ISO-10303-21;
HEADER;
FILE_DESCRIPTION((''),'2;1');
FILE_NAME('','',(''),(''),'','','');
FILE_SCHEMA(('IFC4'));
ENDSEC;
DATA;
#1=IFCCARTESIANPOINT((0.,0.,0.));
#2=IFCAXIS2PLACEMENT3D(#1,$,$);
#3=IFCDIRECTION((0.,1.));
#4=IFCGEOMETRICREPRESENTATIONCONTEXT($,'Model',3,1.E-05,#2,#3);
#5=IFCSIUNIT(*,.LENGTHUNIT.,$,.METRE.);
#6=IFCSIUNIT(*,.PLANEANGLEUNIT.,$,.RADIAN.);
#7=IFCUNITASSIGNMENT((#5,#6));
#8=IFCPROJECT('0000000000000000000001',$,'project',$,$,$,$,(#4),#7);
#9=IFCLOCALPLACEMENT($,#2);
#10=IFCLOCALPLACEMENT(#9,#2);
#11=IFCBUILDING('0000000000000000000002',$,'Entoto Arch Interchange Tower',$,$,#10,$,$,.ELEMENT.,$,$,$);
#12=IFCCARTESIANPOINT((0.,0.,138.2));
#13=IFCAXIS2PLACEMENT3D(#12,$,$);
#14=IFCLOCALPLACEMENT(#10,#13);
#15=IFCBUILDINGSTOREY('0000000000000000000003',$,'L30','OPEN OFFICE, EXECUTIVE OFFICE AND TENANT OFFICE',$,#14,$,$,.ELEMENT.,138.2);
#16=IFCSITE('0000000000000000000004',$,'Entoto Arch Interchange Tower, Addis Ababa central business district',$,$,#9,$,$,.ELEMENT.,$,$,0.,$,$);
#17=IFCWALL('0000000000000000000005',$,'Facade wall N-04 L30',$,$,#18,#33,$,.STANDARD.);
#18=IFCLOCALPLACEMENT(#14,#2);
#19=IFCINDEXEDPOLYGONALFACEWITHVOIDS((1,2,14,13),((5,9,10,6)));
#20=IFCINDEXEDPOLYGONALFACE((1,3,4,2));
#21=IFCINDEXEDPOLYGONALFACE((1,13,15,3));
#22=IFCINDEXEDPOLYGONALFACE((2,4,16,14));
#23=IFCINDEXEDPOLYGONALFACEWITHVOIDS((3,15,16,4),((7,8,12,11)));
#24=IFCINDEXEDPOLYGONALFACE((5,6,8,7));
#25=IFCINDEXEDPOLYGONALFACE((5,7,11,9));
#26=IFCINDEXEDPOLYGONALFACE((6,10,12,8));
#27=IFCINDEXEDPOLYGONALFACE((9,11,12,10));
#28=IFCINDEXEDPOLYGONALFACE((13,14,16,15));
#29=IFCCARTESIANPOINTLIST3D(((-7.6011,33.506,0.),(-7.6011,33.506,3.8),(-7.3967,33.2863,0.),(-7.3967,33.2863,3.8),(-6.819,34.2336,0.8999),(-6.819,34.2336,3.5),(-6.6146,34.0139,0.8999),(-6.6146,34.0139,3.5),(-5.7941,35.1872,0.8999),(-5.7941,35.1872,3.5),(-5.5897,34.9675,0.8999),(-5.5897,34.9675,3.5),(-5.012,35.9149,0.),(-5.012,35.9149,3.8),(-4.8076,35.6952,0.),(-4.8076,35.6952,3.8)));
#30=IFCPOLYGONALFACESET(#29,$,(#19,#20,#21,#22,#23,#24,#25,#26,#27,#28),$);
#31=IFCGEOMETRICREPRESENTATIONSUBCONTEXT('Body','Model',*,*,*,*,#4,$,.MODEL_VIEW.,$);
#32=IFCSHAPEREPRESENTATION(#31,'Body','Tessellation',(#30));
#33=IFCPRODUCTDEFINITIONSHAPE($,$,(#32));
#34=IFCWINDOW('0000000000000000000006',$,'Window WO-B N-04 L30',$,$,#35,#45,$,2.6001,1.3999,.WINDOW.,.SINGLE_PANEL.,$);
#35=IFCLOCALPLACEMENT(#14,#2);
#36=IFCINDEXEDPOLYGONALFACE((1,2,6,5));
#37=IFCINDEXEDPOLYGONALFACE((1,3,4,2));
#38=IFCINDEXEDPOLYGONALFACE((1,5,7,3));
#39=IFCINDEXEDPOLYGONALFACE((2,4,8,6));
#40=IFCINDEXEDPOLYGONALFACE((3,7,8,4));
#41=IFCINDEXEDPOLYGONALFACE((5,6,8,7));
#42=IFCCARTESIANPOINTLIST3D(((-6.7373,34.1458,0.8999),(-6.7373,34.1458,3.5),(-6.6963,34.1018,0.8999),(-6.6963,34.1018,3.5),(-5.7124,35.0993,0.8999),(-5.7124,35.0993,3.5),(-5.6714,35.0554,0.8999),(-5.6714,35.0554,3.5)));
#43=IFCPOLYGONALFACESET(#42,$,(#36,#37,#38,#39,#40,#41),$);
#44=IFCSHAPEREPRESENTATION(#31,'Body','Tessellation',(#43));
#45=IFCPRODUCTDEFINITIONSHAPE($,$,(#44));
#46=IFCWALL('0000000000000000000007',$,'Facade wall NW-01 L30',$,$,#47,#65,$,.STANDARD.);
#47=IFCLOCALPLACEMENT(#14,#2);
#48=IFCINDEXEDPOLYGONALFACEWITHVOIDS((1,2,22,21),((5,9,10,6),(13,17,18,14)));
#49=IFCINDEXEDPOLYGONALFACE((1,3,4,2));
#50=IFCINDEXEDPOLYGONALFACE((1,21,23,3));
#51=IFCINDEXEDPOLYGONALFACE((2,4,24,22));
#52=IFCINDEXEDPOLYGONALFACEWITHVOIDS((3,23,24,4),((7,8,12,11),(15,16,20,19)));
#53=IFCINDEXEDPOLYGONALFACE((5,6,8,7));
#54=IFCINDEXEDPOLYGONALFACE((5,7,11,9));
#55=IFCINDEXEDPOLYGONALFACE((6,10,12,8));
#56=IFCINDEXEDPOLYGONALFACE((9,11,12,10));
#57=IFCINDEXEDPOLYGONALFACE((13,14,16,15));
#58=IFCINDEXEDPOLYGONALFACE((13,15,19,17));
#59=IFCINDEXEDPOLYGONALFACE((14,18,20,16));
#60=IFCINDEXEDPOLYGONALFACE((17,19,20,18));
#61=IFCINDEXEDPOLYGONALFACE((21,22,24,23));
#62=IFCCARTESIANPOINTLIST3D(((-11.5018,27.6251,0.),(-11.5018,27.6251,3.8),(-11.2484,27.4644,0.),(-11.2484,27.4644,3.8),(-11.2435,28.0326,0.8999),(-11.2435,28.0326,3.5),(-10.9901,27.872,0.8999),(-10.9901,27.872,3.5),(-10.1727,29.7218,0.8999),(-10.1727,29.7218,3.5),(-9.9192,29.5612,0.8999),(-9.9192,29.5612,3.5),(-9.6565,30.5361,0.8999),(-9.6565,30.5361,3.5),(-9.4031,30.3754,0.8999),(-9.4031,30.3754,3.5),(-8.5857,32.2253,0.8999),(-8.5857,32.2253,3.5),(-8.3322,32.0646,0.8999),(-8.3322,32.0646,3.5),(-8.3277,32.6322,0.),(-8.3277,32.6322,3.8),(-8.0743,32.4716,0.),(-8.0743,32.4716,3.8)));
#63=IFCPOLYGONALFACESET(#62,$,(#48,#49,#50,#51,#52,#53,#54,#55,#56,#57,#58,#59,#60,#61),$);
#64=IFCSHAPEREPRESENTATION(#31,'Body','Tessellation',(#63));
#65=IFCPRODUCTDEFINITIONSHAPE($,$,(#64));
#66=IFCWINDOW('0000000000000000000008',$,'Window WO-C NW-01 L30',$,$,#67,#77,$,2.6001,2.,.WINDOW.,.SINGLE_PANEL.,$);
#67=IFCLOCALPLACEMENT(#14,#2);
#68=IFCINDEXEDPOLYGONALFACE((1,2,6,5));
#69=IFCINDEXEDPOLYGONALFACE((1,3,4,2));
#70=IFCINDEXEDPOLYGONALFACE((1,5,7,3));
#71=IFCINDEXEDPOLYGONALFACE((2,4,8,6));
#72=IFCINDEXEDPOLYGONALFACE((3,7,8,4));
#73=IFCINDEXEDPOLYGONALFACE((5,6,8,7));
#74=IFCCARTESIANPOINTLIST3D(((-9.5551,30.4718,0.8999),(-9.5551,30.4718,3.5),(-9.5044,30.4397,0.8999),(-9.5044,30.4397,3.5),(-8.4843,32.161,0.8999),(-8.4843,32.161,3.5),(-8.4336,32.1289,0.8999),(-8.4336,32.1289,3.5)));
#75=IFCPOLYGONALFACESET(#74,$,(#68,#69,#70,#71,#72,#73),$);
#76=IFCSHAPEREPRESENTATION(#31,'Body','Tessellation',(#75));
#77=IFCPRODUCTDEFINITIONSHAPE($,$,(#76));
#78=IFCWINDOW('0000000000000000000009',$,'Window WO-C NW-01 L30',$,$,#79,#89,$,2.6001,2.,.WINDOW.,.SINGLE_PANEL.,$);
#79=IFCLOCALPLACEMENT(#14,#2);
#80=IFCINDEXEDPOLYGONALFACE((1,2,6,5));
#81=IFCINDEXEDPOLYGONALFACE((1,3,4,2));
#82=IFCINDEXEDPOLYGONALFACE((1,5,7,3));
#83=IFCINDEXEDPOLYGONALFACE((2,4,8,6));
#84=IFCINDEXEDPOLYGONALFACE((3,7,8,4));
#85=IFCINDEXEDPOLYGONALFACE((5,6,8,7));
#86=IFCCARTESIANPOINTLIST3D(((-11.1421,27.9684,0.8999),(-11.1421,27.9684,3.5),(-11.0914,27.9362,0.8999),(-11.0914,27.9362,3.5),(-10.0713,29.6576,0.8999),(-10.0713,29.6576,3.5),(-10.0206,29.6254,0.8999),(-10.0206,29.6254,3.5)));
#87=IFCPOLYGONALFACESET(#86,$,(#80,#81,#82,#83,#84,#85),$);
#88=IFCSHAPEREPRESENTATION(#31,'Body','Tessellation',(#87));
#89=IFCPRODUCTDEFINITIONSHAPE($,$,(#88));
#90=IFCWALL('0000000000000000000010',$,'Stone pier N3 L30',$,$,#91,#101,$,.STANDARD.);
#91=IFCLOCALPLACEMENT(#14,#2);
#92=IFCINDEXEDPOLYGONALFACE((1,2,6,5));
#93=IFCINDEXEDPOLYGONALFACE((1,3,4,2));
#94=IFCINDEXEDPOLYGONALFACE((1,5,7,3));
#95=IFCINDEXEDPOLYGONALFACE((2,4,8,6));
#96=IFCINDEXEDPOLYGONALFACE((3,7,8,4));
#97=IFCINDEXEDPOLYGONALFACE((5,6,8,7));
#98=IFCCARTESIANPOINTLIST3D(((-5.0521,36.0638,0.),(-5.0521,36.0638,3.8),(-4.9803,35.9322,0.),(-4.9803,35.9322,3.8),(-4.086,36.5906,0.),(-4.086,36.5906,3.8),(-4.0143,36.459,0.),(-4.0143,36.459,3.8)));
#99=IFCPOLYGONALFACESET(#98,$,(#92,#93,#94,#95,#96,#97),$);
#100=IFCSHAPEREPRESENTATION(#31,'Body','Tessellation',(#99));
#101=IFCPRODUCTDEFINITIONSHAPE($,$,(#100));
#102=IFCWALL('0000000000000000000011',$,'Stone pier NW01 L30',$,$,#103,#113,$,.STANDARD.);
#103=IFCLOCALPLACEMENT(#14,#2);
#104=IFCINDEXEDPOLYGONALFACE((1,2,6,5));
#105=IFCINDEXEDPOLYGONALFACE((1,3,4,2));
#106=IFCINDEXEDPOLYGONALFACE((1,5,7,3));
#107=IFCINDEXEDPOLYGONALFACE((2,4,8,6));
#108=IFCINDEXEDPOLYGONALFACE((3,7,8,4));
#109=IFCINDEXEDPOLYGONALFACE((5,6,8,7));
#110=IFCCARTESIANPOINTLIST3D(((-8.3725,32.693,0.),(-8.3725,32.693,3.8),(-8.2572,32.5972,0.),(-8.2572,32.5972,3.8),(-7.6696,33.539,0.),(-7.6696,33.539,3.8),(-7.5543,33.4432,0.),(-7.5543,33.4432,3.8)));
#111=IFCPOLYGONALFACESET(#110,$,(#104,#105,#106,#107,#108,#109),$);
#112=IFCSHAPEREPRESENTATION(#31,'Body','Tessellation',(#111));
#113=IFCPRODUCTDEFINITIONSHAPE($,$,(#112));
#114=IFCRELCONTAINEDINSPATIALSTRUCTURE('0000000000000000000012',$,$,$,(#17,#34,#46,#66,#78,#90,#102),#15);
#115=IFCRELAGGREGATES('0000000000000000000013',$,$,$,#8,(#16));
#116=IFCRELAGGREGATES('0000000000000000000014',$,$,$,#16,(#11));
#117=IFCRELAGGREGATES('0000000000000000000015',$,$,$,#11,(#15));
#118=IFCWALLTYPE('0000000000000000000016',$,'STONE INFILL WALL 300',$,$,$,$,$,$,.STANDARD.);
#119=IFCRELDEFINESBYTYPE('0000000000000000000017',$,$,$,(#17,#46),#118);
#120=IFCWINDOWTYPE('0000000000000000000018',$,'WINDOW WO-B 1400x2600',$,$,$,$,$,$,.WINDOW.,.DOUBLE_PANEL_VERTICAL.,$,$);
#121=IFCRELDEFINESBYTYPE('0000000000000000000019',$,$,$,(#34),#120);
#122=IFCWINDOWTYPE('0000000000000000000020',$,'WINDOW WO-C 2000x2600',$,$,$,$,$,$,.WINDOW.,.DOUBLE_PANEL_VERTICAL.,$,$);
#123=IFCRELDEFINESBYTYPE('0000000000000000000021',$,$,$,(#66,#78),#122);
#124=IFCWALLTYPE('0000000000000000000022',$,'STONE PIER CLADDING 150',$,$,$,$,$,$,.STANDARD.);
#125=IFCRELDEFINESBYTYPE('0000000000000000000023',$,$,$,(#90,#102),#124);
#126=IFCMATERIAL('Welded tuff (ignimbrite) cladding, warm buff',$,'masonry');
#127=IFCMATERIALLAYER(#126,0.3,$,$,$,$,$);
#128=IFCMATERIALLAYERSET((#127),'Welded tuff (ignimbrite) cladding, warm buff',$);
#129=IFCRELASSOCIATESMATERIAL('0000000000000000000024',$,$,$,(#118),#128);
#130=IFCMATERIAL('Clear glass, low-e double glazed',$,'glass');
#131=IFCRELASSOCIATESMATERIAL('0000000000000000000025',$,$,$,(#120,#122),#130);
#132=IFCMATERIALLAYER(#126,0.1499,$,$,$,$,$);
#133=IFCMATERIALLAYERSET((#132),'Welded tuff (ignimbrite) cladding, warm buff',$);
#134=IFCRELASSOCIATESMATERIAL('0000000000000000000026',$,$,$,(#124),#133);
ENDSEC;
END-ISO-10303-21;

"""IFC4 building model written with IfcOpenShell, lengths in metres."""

from ifc_helpers import new_model, si_unit, direction, frame, frame_2d, origin, place, context, subcontext, project, spatial, rectangle, extrude, material, layer, layer_set, type_object, element, fill, save


model = new_model("IFC4")

# Units and contexts
model_context = context("Model", 3, precision=1e-05, world=origin(), true_north=direction((0.0, 1.0)))
body_context = subcontext(model_context, "Body", "Model", "MODEL_VIEW")
ifc_project = project(units=[si_unit("LENGTHUNIT", "METRE"), si_unit("PLANEANGLEUNIT", "RADIAN")], contexts=[model_context])

# Site, building, storey
site_placement = place(None, origin())
site = spatial("IfcSite", under=ifc_project, at=site_placement, Name="Entoto Arch Interchange Tower, Addis Ababa central business district", CompositionType="ELEMENT", RefElevation=0.0)
building_placement = place(site_placement, origin())
building = spatial("IfcBuilding", under=site, at=building_placement, Name="Entoto Arch Interchange Tower", CompositionType="ELEMENT")
storey_placement = place(building_placement, frame((0.0, 0.0, 138.2)))
storey = spatial("IfcBuildingStorey", under=building, at=storey_placement, Name="L30", Description="OPEN OFFICE, EXECUTIVE OFFICE AND TENANT OFFICE", CompositionType="ELEMENT", Elevation=138.2)

# Wall, opening, window
ifc_material_1 = material(Name="Welded tuff (ignimbrite) cladding, warm buff", Category="masonry")
ifc_layer_1 = layer(ifc_material_1, 0.3)
ifc_layer_set_1 = layer_set([ifc_layer_1], Name="Welded tuff (ignimbrite) cladding, warm buff")
wall_type_1 = type_object("IfcWallType", Name="STONE INFILL WALL 300", PredefinedType="STANDARD", material=ifc_layer_set_1)
ifc_material_2 = material(Name="Clear glass, low-e double glazed", Category="glass")
window_type_1 = type_object("IfcWindowType", Name="WINDOW WO-B 1400x2600", PartitioningType="DOUBLE_PANEL_VERTICAL", PredefinedType="WINDOW", material=ifc_material_2)
wall_1_placement = place(storey_placement, frame((-4.9099, 35.8049, 0.0), z_axis=(0.0, 0.0, 1.0), x_axis=(-0.732122, -0.681174, 0.0)))
wall_1 = element("IfcWall", 1, at=wall_1_placement, inside=storey, type_object=wall_type_1, Name="Facade wall N-04 L30", PredefinedType="STANDARD", context=body_context, shape_type="SweptSolid", body=[
    extrude(rectangle(XDim=3.5364, YDim=0.3, at=frame_2d((1.7681, 0.0))), origin(), (0.0, 0.0, 1.0), 3.8),
])
opening_1_placement = place(wall_1_placement, frame((1.0681, 0.0, 0.8999)))
opening_1 = element("IfcOpeningElement", 2, at=opening_1_placement, cuts=wall_1, PredefinedType="OPENING", context=body_context, shape_type="SweptSolid", body=[
    extrude(rectangle(XDim=1.3999, YDim=2.6001, at=frame_2d((0.7, 1.3))), frame((0.0, 0.1602, 0.0), z_axis=(0.0, -1.0, 0.0), x_axis=(1.0, 0.0, 0.0)), (0.0, 0.0, 1.0), 0.3201),
])
window_1_placement = place(opening_1_placement, origin())
window_1 = element("IfcWindow", 3, at=window_1_placement, inside=storey, type_object=window_type_1, Name="Window WO-B N-04 L30", OverallHeight=2.6001, OverallWidth=1.3999, PartitioningType="SINGLE_PANEL", PredefinedType="WINDOW", context=body_context, shape_type="SweptSolid", body=[
    extrude(rectangle(XDim=1.3999, YDim=2.6001, at=frame_2d((0.7, 1.3))), frame((0.0, 0.03, 0.0), z_axis=(0.0, -1.0, 0.0), x_axis=(1.0, 0.0, 0.0)), (0.0, 0.0, 1.0), 0.0601),
])
fill(opening_1, window_1)

# Wall, openings, windows
wall_2_placement = place(storey_placement, frame((-8.2009, 32.552, 0.0), z_axis=(0.0, 0.0, 1.0), x_axis=(-0.535404, -0.844596, 0.0)))
wall_2 = element("IfcWall", 4, at=wall_2_placement, inside=storey, type_object=wall_type_1, Name="Facade wall NW-01 L30", PredefinedType="STANDARD", context=body_context, shape_type="SweptSolid", body=[
    extrude(rectangle(XDim=5.9285, YDim=0.3, at=frame_2d((2.9644, 0.0))), origin(), (0.0, 0.0, 1.0), 3.8),
])
opening_2_placement = place(wall_2_placement, frame((0.4819, 0.0, 0.8999)))
opening_2 = element("IfcOpeningElement", 5, at=opening_2_placement, cuts=wall_2, PredefinedType="OPENING", context=body_context, shape_type="SweptSolid", body=[
    extrude(rectangle(XDim=2.0, YDim=2.6001, at=frame_2d((1.0, 1.3))), frame((0.0, 0.1602, 0.0), z_axis=(0.0, -1.0, 0.0), x_axis=(1.0, 0.0, 0.0)), (0.0, 0.0, 1.0), 0.3201),
])
opening_3_placement = place(wall_2_placement, frame((3.446, 0.0, 0.8999)))
opening_3 = element("IfcOpeningElement", 6, at=opening_3_placement, cuts=wall_2, PredefinedType="OPENING", context=body_context, shape_type="SweptSolid", body=[
    extrude(rectangle(XDim=2.0, YDim=2.6001, at=frame_2d((1.0, 1.3))), frame((0.0, 0.1602, 0.0), z_axis=(0.0, -1.0, 0.0), x_axis=(1.0, 0.0, 0.0)), (0.0, 0.0, 1.0), 0.3201),
])
window_type_2 = type_object("IfcWindowType", Name="WINDOW WO-C 2000x2600", PartitioningType="DOUBLE_PANEL_VERTICAL", PredefinedType="WINDOW", material=ifc_material_2)
window_2_placement = place(opening_2_placement, origin())
window_2 = element("IfcWindow", 7, at=window_2_placement, inside=storey, type_object=window_type_2, Name="Window WO-C NW-01 L30", OverallHeight=2.6001, OverallWidth=2.0, PartitioningType="SINGLE_PANEL", PredefinedType="WINDOW", context=body_context, shape_type="SweptSolid", body=[
    extrude(rectangle(XDim=2.0, YDim=2.6001, at=frame_2d((1.0, 1.3))), frame((0.0, 0.03, 0.0), z_axis=(0.0, -1.0, 0.0), x_axis=(1.0, 0.0, 0.0)), (0.0, 0.0, 1.0), 0.0601),
])
fill(opening_2, window_2)
window_3_placement = place(opening_3_placement, origin())
window_3 = element("IfcWindow", 8, at=window_3_placement, inside=storey, type_object=window_type_2, Name="Window WO-C NW-01 L30", OverallHeight=2.6001, OverallWidth=2.0, PartitioningType="SINGLE_PANEL", PredefinedType="WINDOW", context=body_context, shape_type="SweptSolid", body=[
    extrude(rectangle(XDim=2.0, YDim=2.6001, at=frame_2d((1.0, 1.3))), frame((0.0, 0.03, 0.0), z_axis=(0.0, -1.0, 0.0), x_axis=(1.0, 0.0, 0.0)), (0.0, 0.0, 1.0), 0.0601),
])
fill(opening_3, window_3)

# Walls
ifc_layer_2 = layer(ifc_material_1, 0.1499)
ifc_layer_set_2 = layer_set([ifc_layer_2], Name="Welded tuff (ignimbrite) cladding, warm buff")
wall_type_2 = type_object("IfcWallType", Name="STONE PIER CLADDING 150", PredefinedType="STANDARD", material=ifc_layer_set_2)
wall_3_placement = place(storey_placement, frame((-4.05, 36.5249, 0.0), z_axis=(0.0, 0.0, 1.0), x_axis=(-0.877929, -0.47879, 0.0)))
element("IfcWall", 9, at=wall_3_placement, inside=storey, type_object=wall_type_2, Name="Stone pier N3 L30", PredefinedType="STANDARD", context=body_context, shape_type="SweptSolid", body=[
    extrude(rectangle(XDim=1.1003, YDim=0.1499, at=frame_2d((0.5503, 0.0))), origin(), (0.0, 0.0, 1.0), 3.8),
])
wall_4_placement = place(storey_placement, frame((-7.6121, 33.491, 0.0), z_axis=(0.0, 0.0, 1.0), x_axis=(-0.63907, -0.769148, 0.0)))
element("IfcWall", 10, at=wall_4_placement, inside=storey, type_object=wall_type_2, Name="Stone pier NW01 L30", PredefinedType="STANDARD", context=body_context, shape_type="SweptSolid", body=[
    extrude(rectangle(XDim=1.0999, YDim=0.1499, at=frame_2d((0.5498, 0.0))), origin(), (0.0, 0.0, 1.0), 3.8),
])

save(model, "model.ifc")
